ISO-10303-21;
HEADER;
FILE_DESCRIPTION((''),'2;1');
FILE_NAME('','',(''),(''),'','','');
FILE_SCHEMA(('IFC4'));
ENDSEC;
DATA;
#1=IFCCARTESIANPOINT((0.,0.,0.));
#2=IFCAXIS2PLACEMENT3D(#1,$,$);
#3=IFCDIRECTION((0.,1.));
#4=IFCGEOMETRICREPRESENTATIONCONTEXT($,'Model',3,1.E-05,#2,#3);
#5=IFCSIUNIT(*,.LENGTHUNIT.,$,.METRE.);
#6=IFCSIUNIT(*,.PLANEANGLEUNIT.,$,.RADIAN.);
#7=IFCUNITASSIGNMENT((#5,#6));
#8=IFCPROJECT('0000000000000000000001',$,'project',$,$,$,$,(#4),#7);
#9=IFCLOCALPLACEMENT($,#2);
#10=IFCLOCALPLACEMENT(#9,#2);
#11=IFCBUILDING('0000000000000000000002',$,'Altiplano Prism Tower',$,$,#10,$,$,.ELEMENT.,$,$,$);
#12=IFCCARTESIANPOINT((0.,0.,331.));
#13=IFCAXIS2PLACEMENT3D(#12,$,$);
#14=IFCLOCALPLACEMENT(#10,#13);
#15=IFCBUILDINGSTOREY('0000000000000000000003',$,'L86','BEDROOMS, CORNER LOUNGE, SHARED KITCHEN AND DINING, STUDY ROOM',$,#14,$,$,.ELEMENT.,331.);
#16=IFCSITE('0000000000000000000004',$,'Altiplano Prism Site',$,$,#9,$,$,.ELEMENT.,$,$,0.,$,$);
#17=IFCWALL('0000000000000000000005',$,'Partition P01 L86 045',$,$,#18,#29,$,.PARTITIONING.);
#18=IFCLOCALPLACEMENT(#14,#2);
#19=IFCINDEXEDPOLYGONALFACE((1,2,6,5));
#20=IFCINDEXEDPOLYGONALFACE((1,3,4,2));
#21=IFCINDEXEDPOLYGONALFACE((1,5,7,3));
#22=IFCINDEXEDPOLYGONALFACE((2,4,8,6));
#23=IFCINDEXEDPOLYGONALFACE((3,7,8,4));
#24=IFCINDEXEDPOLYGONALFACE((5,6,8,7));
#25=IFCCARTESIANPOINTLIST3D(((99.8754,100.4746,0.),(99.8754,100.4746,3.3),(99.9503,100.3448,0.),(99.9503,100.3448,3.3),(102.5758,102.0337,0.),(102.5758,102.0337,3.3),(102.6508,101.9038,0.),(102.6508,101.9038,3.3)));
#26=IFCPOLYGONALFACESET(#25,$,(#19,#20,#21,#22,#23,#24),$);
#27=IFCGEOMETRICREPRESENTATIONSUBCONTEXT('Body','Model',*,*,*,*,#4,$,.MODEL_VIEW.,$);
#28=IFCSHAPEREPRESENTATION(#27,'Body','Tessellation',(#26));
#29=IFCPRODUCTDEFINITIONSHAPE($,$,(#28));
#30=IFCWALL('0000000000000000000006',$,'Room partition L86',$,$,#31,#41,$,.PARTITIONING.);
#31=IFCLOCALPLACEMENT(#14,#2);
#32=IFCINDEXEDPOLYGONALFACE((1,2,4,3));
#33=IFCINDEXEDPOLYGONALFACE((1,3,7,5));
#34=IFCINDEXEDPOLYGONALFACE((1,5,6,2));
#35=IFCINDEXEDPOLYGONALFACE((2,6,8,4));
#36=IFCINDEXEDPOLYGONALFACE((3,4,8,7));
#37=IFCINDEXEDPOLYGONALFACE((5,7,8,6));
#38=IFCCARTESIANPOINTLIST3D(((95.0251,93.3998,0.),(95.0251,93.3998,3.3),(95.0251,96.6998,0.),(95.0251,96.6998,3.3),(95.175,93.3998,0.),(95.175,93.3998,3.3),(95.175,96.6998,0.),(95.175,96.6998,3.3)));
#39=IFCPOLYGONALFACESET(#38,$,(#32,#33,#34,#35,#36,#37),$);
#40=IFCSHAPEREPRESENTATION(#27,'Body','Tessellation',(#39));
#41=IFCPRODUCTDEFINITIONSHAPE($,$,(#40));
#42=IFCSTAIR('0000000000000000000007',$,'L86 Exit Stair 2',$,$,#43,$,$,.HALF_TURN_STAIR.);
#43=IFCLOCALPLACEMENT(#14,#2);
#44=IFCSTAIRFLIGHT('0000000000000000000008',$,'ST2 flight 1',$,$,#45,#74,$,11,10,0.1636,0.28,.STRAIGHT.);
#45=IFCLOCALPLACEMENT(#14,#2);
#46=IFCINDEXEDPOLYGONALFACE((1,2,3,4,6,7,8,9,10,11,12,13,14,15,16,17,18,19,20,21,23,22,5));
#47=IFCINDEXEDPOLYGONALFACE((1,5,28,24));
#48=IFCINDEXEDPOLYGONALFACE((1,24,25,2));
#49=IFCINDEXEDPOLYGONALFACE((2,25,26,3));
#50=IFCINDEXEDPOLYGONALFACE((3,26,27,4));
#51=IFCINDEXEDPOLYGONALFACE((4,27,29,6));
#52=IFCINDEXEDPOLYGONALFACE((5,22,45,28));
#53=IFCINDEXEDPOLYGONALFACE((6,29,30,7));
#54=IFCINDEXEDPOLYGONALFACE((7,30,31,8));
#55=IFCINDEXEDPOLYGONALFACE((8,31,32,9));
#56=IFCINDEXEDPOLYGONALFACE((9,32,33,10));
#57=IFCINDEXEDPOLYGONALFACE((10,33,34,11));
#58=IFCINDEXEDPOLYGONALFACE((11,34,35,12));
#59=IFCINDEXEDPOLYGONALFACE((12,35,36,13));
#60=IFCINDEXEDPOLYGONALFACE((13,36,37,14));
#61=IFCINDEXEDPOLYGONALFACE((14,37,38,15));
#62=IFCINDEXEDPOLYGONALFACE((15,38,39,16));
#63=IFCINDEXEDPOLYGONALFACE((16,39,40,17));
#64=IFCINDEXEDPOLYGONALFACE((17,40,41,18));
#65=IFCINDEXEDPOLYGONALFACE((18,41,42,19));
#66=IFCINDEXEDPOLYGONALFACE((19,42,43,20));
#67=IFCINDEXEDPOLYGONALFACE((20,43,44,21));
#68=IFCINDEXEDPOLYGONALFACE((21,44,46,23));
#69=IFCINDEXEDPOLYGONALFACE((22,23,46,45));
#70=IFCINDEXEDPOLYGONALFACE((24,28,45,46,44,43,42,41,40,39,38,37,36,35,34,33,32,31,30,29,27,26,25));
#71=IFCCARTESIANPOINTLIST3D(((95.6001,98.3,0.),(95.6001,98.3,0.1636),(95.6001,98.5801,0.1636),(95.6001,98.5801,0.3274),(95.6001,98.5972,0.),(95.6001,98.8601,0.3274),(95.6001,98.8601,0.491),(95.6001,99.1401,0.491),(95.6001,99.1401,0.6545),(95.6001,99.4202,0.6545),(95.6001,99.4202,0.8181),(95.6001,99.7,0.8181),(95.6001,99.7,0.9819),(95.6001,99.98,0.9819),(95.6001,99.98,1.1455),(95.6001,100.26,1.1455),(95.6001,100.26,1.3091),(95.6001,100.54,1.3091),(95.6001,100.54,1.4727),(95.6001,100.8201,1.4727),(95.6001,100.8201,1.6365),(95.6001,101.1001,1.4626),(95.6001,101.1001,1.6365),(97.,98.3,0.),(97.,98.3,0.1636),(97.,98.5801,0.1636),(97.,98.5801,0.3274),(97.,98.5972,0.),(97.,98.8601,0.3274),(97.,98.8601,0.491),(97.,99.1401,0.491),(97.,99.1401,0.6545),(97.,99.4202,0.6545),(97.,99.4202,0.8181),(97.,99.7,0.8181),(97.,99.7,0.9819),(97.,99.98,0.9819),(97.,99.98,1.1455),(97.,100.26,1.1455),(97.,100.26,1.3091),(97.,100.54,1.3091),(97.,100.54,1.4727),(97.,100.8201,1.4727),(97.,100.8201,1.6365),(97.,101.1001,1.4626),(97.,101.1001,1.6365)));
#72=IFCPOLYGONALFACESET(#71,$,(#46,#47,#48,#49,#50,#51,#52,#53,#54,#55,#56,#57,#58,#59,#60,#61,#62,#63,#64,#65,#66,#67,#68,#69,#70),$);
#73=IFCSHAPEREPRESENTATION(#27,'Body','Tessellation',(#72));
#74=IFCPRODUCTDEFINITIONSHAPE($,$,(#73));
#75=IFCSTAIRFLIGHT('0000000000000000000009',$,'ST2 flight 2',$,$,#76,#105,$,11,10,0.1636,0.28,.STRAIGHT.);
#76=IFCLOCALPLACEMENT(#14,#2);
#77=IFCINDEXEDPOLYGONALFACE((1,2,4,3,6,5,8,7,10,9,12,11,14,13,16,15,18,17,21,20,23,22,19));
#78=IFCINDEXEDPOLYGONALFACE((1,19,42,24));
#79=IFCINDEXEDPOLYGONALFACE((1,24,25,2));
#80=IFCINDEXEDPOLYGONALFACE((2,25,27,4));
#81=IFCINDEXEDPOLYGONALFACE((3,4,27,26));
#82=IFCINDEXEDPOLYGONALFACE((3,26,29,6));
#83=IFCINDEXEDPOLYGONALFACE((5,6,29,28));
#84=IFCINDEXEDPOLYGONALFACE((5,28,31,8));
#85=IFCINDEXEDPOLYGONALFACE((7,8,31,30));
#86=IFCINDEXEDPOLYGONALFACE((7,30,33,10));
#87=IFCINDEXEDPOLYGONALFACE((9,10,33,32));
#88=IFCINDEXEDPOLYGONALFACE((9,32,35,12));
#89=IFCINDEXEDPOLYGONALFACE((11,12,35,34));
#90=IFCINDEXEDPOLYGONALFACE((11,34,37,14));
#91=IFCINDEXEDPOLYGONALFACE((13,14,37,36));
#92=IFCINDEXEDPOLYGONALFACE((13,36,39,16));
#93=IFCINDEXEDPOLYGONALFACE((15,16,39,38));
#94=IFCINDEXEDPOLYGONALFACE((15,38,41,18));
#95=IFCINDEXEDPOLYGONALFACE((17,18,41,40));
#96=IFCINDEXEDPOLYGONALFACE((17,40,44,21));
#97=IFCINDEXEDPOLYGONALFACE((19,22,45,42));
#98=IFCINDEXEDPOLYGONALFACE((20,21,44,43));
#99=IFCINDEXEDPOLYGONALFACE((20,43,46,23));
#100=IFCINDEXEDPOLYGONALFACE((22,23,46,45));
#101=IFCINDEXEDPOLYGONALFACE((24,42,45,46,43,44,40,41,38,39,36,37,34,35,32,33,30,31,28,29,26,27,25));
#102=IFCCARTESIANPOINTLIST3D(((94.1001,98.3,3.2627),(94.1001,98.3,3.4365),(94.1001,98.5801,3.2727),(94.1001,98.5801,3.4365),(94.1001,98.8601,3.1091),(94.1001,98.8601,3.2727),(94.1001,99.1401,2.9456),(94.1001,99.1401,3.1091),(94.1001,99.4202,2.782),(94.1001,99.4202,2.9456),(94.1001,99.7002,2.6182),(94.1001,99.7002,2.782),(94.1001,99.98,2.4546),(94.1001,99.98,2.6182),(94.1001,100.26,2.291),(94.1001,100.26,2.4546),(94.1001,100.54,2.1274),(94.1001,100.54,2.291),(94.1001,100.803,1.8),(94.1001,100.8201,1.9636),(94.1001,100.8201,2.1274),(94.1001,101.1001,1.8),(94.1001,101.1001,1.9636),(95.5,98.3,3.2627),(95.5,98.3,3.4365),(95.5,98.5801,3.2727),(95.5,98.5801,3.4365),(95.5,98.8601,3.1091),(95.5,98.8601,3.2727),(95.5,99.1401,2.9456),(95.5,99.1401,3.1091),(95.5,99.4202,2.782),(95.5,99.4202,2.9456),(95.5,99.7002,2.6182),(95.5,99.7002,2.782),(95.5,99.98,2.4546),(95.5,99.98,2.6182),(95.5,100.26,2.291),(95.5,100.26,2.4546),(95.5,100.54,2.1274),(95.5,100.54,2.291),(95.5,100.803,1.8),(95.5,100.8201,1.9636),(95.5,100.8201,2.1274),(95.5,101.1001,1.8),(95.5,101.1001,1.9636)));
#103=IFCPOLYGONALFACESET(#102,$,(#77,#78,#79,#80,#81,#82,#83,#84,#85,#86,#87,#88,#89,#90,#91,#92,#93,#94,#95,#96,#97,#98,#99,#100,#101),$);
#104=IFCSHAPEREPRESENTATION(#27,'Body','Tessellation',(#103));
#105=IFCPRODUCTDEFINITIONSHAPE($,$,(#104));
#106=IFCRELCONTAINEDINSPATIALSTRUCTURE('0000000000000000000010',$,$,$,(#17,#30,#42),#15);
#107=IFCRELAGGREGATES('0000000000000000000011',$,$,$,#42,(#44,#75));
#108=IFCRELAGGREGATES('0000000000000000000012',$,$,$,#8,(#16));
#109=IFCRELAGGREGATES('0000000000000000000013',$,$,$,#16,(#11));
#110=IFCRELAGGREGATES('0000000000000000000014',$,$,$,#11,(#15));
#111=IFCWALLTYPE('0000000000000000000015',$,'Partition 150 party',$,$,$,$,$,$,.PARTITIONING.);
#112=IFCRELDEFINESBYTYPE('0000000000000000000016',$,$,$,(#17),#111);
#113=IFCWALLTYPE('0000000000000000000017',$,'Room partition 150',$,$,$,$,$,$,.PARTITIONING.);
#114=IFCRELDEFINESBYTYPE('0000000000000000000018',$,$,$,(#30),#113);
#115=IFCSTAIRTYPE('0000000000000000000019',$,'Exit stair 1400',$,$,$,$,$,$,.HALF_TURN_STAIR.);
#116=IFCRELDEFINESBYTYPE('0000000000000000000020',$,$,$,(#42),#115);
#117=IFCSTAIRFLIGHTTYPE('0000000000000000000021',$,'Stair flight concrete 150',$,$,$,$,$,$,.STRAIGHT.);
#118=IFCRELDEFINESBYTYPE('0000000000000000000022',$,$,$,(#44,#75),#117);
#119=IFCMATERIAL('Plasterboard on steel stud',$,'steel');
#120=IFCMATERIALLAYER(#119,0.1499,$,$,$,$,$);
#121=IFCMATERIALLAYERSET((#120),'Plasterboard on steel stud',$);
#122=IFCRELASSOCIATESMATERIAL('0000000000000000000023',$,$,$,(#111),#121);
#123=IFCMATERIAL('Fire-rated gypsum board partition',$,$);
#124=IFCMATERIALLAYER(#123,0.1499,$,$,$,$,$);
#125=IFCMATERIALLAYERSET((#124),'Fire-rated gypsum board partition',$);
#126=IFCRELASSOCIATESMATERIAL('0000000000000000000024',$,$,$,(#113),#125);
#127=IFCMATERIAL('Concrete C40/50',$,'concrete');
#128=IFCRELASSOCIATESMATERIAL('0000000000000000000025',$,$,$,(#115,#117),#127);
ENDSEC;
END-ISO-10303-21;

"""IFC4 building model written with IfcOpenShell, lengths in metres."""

from ifc_helpers import new_model, si_unit, direction, frame, frame_2d, origin, place, context, subcontext, project, spatial, polyline, rectangle, outline, extrude, material, layer, layer_set, type_object, element, aggregate, save


model = new_model("IFC4")

# Units and contexts
model_context = context("Model", 3, precision=1e-05, world=origin(), true_north=direction((0.0, 1.0)))
body_context = subcontext(model_context, "Body", "Model", "MODEL_VIEW")
ifc_project = project(units=[si_unit("LENGTHUNIT", "METRE"), si_unit("PLANEANGLEUNIT", "RADIAN")], contexts=[model_context])

# Site, building, storey
site_placement = place(None, origin())
site = spatial("IfcSite", under=ifc_project, at=site_placement, Name="Altiplano Prism Site", CompositionType="ELEMENT", RefElevation=0.0)
building_placement = place(site_placement, origin())
building = spatial("IfcBuilding", under=site, at=building_placement, Name="Altiplano Prism Tower", CompositionType="ELEMENT")
storey_placement = place(building_placement, frame((0.0, 0.0, 331.0)))
storey = spatial("IfcBuildingStorey", under=building, at=storey_placement, Name="L86", Description="BEDROOMS, CORNER LOUNGE, SHARED KITCHEN AND DINING, STUDY ROOM", CompositionType="ELEMENT", Elevation=331.0)

# Shared definitions
ifc_material_1 = material(Name="Plasterboard on steel stud", Category="steel")

# Walls
ifc_layer_1 = layer(ifc_material_1, 0.1499)
ifc_layer_set_1 = layer_set([ifc_layer_1], Name="Plasterboard on steel stud")
wall_type_1 = type_object("IfcWallType", Name="Partition 150 party", PredefinedType="PARTITIONING", material=ifc_layer_set_1)
wall_1_placement = place(storey_placement, frame((102.6133, 101.9688, 0.0), z_axis=(0.0, 0.0, 1.0), x_axis=(-0.866028, -0.499996, 0.0)))
element("IfcWall", 1, at=wall_1_placement, inside=storey, type_object=wall_type_1, Name="Partition P01 L86 045", PredefinedType="PARTITIONING", context=body_context, shape_type="SweptSolid", body=[
    extrude(rectangle(XDim=3.1182, YDim=0.1499, at=frame_2d((1.5591, 0.0))), origin(), (0.0, 0.0, 1.0), 3.3),
])
ifc_material_2 = material(Name="Fire-rated gypsum board partition")
ifc_layer_2 = layer(ifc_material_2, 0.1499)
ifc_layer_set_2 = layer_set([ifc_layer_2], Name="Fire-rated gypsum board partition")
wall_type_2 = type_object("IfcWallType", Name="Room partition 150", PredefinedType="PARTITIONING", material=ifc_layer_set_2)
wall_2_placement = place(storey_placement, frame((95.1001, 93.3999, 0.0), z_axis=(0.0, 0.0, 1.0), x_axis=(0.0, 1.0, 0.0)))
element("IfcWall", 2, at=wall_2_placement, inside=storey, type_object=wall_type_2, Name="Room partition L86", PredefinedType="PARTITIONING", context=body_context, shape_type="SweptSolid", body=[
    extrude(rectangle(XDim=3.3, YDim=0.1499, at=frame_2d((1.6499, 0.0))), origin(), (0.0, 0.0, 1.0), 3.3),
])

# Stair, stair flights
ifc_material_3 = material(Name="Concrete C40/50", Category="concrete")
stair_type = type_object("IfcStairType", Name="Exit stair 1400", PredefinedType="HALF_TURN_STAIR", material=ifc_material_3)
stair_placement = place(storey_placement, origin())
stair = element("IfcStair", 3, at=stair_placement, inside=storey, type_object=stair_type, Name="L86 Exit Stair 2", PredefinedType="HALF_TURN_STAIR")
stair_flight_type = type_object("IfcStairFlightType", Name="Stair flight concrete 150", PredefinedType="STRAIGHT", material=ifc_material_3)
stair_flight_1_placement = place(storey_placement, frame((96.3, 98.3, 0.0), z_axis=(0.0, 0.0, 1.0), x_axis=(0.0, 1.0, 0.0)))
stair_flight_1 = element("IfcStairFlight", 4, at=stair_flight_1_placement, type_object=stair_flight_type, Name="ST2 flight 1", NumberOfRisers=11, NumberOfTreads=10, PredefinedType="STRAIGHT", RiserHeight=0.1636, TreadLength=0.28, context=body_context, shape_type="SweptSolid", body=[
    extrude(outline(polyline([(0.0, 0.0), (0.0, 0.1636), (0.28, 0.1636), (0.28, 0.3274), (0.5601, 0.3274), (0.5601, 0.491), (0.8401, 0.491), (0.8401, 0.6545), (1.1201, 0.6545), (1.1201, 0.8181), (1.3999, 0.8181), (1.3999, 0.9819), (1.6799, 0.9819), (1.6799, 1.1455), (1.96, 1.1455), (1.96, 1.3091), (2.24, 1.3091), (2.24, 1.4727), (2.52, 1.4727), (2.52, 1.6365), (2.8, 1.6365), (2.8, 1.8), (2.8, 1.4626), (0.2971, 0.0), (0.0, 0.0)])), frame((0.0, 0.7, 0.0), z_axis=(0.0, -1.0, 0.0), x_axis=(1.0, 0.0, 0.0)), (0.0, 0.0, 1.0), 1.3999),
])
stair_flight_2_placement = place(storey_placement, frame((94.8, 101.1001, 1.8), z_axis=(0.0, 0.0, 1.0), x_axis=(0.0, -1.0, 0.0)))
stair_flight_2 = element("IfcStairFlight", 5, at=stair_flight_2_placement, type_object=stair_flight_type, Name="ST2 flight 2", NumberOfRisers=11, NumberOfTreads=10, PredefinedType="STRAIGHT", RiserHeight=0.1636, TreadLength=0.28, context=body_context, shape_type="SweptSolid", body=[
    extrude(outline(polyline([(0.0, 0.0), (0.0, 0.1636), (0.28, 0.1636), (0.28, 0.3274), (0.5601, 0.3274), (0.5601, 0.491), (0.8401, 0.491), (0.8401, 0.6545), (1.1201, 0.6545), (1.1201, 0.8181), (1.3999, 0.8181), (1.3999, 0.9819), (1.6799, 0.9819), (1.6799, 1.1455), (1.96, 1.1455), (1.96, 1.3091), (2.24, 1.3091), (2.24, 1.4727), (2.52, 1.4727), (2.52, 1.6365), (2.8, 1.6365), (2.8, 1.8), (2.8, 1.4626), (0.2971, 0.0), (0.0, 0.0)])), frame((0.0, 0.7, 0.0), z_axis=(0.0, -1.0, 0.0), x_axis=(1.0, 0.0, 0.0)), (0.0, 0.0, 1.0), 1.3999),
])
aggregate(stair, [stair_flight_1, stair_flight_2])

save(model, "model.ifc")
